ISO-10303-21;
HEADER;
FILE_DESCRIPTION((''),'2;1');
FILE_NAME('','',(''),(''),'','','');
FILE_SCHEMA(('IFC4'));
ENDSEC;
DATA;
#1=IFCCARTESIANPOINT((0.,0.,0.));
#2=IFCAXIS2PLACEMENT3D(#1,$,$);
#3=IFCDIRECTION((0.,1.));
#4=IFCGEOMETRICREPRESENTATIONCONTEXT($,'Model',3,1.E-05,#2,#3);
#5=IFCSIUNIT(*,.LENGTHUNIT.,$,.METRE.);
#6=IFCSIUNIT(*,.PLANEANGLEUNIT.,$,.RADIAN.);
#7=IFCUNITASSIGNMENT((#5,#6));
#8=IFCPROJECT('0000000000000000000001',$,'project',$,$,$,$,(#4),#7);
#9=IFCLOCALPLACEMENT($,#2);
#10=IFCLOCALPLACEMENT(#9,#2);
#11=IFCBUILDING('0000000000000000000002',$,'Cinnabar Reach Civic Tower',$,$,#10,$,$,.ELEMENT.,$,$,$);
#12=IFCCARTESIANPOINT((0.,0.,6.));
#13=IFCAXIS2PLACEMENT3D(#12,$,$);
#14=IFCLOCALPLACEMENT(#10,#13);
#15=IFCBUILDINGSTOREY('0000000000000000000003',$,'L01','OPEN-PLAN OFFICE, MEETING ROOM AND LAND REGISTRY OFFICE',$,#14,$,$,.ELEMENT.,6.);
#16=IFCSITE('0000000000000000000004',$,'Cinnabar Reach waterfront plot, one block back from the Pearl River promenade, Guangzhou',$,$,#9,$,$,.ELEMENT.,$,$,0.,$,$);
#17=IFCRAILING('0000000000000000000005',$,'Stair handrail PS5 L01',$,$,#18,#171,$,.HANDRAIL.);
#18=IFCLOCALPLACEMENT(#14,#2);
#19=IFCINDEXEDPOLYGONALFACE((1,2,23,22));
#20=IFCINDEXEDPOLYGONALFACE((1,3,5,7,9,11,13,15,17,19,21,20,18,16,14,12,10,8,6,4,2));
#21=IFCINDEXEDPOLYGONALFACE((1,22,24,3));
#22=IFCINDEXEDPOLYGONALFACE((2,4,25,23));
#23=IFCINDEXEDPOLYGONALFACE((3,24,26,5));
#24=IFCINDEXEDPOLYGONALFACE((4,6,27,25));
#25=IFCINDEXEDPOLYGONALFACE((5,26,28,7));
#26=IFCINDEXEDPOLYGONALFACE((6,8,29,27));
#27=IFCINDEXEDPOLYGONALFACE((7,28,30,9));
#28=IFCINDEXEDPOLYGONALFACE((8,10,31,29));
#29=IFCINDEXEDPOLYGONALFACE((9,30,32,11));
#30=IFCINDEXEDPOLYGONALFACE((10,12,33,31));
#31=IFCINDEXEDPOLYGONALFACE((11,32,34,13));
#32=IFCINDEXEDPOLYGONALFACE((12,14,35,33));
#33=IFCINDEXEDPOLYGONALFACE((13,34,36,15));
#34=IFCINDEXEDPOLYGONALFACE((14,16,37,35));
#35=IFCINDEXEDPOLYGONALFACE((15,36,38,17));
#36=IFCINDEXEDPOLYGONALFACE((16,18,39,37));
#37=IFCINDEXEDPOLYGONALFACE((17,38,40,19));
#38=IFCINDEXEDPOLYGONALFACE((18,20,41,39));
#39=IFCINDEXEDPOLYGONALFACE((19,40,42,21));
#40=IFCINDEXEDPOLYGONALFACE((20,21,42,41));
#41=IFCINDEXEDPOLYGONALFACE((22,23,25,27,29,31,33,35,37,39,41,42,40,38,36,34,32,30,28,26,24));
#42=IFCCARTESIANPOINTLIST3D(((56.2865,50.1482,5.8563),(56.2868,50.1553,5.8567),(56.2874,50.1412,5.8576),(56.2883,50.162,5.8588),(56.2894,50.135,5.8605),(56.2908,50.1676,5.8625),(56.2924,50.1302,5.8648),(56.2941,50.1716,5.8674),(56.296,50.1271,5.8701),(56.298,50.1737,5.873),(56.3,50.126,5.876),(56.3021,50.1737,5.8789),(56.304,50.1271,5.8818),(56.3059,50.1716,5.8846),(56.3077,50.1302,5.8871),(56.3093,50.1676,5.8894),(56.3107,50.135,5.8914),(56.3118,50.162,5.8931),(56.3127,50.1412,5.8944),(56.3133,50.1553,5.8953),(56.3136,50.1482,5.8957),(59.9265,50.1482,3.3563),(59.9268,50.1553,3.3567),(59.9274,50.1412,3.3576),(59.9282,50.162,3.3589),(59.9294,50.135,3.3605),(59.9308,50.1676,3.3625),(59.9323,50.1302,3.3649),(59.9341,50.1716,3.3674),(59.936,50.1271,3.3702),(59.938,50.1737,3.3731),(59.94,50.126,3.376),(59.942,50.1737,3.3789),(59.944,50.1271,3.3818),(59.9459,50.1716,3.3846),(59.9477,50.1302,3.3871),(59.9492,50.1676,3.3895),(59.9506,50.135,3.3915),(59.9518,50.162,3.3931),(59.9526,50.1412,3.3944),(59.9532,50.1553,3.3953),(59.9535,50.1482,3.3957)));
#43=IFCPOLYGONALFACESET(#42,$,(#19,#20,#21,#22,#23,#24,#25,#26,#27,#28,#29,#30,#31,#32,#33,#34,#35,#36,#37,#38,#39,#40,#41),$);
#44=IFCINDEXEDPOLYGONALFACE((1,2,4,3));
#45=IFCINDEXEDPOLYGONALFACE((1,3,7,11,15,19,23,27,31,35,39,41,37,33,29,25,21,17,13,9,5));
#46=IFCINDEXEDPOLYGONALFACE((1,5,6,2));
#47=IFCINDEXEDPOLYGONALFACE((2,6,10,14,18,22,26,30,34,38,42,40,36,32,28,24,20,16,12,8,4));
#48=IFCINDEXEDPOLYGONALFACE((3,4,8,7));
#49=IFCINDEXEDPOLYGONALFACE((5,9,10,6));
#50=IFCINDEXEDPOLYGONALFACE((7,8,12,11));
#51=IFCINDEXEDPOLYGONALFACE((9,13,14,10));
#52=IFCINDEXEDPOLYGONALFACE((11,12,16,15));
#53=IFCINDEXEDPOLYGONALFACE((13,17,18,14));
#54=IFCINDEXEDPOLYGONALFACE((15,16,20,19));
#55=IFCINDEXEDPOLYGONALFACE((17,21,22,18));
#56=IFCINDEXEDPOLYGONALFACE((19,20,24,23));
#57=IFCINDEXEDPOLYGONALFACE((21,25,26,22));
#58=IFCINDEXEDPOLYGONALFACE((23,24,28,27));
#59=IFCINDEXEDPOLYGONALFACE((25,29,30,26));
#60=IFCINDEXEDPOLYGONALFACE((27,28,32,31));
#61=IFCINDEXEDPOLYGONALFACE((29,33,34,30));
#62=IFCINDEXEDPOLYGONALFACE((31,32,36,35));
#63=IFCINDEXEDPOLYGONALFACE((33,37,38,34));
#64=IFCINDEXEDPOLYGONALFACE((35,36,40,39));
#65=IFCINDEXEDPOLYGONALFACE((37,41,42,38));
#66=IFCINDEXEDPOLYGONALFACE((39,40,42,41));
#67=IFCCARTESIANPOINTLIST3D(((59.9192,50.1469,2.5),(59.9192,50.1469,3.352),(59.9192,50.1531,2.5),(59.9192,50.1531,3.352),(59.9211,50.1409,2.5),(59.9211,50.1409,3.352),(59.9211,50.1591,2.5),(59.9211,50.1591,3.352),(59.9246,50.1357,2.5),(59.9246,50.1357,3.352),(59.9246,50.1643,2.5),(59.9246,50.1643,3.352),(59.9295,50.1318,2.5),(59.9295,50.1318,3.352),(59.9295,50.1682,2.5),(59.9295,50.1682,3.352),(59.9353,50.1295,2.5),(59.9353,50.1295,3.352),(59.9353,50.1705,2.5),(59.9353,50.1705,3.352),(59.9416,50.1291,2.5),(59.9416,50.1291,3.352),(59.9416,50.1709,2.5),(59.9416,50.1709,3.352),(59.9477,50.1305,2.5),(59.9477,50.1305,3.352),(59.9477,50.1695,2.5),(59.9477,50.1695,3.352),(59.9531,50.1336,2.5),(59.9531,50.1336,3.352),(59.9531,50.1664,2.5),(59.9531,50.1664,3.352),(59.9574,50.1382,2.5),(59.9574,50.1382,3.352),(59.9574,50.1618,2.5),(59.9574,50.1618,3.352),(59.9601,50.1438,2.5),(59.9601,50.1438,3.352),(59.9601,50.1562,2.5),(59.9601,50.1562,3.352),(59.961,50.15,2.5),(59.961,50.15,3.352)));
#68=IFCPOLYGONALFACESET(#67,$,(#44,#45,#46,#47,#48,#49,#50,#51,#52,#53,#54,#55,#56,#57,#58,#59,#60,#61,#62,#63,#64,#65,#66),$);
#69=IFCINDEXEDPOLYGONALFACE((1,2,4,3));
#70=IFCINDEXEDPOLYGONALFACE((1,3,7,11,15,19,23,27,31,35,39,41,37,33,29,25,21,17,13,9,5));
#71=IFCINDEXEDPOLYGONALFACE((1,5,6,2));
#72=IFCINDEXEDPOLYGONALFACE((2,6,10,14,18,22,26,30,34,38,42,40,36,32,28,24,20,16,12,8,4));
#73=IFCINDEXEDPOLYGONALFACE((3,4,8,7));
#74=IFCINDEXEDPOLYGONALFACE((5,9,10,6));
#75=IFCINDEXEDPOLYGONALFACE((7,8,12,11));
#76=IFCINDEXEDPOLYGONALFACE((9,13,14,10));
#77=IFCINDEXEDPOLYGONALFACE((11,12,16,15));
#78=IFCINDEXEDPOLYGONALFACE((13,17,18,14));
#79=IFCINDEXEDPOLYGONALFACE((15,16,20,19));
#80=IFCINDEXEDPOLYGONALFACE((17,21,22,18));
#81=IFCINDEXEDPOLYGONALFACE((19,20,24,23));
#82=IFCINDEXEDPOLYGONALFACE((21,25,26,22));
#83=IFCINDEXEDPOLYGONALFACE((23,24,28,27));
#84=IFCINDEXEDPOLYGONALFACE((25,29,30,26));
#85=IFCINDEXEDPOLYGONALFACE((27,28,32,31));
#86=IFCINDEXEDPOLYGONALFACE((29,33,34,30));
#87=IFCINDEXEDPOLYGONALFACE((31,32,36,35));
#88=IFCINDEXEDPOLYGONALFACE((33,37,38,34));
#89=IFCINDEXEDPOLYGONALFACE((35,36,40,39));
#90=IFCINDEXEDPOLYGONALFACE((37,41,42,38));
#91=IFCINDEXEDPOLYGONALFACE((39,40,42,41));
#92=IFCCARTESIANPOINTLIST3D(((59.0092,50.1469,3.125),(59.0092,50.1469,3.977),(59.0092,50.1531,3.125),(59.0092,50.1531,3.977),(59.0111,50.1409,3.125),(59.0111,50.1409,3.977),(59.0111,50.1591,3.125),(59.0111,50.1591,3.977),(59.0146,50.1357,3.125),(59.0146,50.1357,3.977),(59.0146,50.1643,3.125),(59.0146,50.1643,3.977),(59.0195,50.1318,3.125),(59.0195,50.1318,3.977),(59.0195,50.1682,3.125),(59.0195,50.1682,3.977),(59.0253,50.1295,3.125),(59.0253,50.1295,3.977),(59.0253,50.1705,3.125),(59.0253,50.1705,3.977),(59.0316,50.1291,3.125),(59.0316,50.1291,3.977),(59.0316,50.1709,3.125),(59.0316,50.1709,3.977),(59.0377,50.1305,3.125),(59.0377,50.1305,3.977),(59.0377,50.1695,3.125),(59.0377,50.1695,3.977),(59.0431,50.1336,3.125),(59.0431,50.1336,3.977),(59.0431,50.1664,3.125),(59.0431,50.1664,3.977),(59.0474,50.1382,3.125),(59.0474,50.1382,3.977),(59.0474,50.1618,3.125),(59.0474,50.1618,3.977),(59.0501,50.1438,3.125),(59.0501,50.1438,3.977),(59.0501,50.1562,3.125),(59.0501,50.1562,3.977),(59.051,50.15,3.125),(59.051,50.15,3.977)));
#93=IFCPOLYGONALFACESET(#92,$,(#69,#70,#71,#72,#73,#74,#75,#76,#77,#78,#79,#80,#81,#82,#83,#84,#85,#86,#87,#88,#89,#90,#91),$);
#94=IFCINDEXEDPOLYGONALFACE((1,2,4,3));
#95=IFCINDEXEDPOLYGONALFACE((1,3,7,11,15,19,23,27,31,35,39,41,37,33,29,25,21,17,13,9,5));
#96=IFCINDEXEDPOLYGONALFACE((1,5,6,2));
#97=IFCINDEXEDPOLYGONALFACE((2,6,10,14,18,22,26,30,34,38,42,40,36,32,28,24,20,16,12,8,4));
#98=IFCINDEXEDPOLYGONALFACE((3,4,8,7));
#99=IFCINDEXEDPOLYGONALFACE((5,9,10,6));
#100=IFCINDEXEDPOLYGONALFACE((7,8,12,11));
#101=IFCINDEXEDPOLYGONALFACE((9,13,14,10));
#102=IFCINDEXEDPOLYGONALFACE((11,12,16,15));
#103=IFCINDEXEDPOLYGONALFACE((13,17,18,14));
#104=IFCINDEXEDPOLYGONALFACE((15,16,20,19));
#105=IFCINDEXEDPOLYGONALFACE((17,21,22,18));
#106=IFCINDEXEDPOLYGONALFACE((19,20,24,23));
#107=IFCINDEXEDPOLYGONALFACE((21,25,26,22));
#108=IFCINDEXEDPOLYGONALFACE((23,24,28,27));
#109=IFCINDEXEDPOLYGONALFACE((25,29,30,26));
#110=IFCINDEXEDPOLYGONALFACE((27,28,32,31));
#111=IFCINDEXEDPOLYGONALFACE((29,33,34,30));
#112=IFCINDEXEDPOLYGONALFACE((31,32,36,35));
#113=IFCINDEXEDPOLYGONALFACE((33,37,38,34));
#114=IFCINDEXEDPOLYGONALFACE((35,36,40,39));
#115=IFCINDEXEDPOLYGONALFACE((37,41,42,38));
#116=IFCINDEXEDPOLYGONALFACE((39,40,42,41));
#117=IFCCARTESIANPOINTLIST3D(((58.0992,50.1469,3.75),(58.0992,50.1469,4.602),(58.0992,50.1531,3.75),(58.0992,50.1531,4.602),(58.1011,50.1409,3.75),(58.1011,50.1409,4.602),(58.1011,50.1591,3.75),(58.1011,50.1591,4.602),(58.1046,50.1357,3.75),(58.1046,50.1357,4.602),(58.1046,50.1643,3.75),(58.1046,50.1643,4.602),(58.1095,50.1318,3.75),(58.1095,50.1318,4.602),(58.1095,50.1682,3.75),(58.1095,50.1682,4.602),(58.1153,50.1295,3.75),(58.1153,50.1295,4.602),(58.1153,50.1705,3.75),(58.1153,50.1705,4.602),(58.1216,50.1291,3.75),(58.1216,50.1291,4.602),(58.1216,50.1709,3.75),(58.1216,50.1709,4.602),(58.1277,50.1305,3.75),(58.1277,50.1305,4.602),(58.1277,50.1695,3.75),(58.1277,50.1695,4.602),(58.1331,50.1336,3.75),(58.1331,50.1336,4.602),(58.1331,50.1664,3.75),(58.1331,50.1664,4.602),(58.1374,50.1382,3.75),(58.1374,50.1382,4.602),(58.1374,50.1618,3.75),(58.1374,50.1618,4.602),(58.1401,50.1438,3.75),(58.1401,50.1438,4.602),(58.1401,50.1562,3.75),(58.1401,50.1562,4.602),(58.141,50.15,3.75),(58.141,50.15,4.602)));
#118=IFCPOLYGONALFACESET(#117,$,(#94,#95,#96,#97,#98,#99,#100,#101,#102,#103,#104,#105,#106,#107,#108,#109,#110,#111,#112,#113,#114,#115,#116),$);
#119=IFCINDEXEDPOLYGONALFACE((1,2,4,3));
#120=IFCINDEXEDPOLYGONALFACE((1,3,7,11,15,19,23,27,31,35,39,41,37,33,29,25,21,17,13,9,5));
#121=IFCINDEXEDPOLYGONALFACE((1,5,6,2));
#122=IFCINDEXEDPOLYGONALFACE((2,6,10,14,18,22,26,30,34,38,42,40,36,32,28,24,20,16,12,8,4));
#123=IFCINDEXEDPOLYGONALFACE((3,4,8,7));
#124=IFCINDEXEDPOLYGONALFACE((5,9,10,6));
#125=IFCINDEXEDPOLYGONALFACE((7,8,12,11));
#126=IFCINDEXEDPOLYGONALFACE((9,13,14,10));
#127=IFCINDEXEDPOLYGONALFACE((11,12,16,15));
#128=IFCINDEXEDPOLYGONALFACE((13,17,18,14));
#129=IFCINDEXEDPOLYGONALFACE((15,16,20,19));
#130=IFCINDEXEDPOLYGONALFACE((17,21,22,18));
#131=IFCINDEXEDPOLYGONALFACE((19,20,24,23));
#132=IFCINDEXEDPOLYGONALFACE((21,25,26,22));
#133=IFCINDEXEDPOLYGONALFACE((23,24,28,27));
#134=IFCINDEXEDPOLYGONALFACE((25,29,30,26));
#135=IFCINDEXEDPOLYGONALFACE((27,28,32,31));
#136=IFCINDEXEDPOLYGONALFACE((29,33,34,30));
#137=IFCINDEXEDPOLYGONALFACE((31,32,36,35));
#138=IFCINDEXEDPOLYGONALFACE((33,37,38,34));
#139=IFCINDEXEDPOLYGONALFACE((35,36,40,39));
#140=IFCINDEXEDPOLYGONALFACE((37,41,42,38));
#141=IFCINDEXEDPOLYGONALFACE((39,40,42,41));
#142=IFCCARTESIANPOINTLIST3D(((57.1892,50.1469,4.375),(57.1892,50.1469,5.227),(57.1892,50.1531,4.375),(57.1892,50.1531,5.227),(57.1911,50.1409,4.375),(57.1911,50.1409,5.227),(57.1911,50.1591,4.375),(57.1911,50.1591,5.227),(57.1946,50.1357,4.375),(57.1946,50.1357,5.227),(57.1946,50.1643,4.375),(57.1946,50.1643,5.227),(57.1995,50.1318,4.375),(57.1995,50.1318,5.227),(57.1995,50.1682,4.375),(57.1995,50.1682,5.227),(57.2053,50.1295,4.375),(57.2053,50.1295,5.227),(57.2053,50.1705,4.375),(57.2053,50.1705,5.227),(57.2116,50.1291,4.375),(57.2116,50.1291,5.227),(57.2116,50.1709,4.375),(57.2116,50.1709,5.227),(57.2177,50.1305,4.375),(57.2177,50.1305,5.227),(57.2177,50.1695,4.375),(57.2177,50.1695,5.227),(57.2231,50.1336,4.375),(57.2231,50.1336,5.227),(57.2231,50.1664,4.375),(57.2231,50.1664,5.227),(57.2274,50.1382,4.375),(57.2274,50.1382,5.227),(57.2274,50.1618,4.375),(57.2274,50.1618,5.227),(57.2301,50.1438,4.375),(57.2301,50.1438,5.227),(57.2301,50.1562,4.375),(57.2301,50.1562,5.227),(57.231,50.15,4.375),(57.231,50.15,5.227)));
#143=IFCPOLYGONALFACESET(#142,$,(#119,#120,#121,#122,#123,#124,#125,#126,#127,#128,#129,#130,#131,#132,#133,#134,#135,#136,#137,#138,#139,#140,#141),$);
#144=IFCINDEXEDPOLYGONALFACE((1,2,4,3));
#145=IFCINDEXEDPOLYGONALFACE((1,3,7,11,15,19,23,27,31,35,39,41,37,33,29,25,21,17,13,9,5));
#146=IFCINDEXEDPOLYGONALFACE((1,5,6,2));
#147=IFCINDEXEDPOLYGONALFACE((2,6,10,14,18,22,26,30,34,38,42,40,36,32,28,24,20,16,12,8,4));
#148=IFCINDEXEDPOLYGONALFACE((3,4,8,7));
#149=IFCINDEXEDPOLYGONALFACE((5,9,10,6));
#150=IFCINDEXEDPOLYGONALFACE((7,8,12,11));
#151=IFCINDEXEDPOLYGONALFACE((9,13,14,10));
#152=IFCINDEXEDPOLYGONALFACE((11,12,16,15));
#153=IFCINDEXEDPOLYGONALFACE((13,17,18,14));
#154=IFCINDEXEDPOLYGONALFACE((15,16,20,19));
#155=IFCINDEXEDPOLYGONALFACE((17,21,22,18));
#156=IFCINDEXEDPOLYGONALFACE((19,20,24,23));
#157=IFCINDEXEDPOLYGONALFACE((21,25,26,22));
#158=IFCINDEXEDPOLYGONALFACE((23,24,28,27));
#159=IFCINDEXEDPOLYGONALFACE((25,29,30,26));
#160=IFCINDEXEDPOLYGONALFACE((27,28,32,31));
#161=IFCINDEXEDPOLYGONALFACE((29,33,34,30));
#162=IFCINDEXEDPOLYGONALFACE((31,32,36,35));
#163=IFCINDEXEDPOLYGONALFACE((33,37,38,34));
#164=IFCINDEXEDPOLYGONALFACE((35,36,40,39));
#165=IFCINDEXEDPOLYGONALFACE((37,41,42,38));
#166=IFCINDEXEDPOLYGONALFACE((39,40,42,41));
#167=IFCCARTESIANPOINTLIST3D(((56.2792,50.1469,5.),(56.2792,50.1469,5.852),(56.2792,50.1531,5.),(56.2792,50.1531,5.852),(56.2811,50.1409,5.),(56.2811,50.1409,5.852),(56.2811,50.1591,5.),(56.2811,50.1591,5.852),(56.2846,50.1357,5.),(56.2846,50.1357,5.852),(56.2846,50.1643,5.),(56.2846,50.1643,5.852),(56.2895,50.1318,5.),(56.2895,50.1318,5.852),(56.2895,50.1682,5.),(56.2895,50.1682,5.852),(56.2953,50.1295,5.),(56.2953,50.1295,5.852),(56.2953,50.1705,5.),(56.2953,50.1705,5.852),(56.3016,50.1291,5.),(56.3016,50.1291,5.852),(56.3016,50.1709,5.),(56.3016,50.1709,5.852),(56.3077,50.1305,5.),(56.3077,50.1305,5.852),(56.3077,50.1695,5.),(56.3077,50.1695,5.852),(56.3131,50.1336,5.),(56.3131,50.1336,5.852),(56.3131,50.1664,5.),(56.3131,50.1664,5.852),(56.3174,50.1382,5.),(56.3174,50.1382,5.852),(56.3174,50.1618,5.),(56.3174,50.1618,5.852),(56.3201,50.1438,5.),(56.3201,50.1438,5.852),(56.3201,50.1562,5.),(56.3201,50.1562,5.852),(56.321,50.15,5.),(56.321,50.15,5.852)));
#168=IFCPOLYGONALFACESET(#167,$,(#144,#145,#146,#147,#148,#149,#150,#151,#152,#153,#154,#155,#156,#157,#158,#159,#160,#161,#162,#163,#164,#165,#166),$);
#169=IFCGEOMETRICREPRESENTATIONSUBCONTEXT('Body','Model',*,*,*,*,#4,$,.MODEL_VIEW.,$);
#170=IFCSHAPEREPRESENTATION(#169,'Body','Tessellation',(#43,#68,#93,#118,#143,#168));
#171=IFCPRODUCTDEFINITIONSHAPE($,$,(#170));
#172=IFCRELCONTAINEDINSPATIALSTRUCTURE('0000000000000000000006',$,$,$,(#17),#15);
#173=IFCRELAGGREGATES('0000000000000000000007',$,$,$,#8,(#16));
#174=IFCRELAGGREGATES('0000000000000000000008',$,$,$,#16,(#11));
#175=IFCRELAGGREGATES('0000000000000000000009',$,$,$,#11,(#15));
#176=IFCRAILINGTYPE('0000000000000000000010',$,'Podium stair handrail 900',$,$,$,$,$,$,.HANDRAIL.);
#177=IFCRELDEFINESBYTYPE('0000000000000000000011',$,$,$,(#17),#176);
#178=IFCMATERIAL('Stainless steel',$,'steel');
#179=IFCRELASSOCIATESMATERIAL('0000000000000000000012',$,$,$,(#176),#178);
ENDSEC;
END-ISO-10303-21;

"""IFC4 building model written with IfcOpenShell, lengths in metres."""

from ifc_helpers import new_model, si_unit, direction, frame, origin, origin_2d, place, context, subcontext, project, spatial, circle, extrude, material, type_object, element, save


model = new_model("IFC4")

# Units and contexts
model_context = context("Model", 3, precision=1e-05, world=origin(), true_north=direction((0.0, 1.0)))
body_context = subcontext(model_context, "Body", "Model", "MODEL_VIEW")
ifc_project = project(units=[si_unit("LENGTHUNIT", "METRE"), si_unit("PLANEANGLEUNIT", "RADIAN")], contexts=[model_context])

# Site, building, storey
site_placement = place(None, origin())
site = spatial("IfcSite", under=ifc_project, at=site_placement, Name="Cinnabar Reach waterfront plot, one block back from the Pearl River promenade, Guangzhou", CompositionType="ELEMENT", RefElevation=0.0)
building_placement = place(site_placement, origin())
building = spatial("IfcBuilding", under=site, at=building_placement, Name="Cinnabar Reach Civic Tower", CompositionType="ELEMENT")
storey_placement = place(building_placement, frame((0.0, 0.0, 6.0)))
storey = spatial("IfcBuildingStorey", under=building, at=storey_placement, Name="L01", Description="OPEN-PLAN OFFICE, MEETING ROOM AND LAND REGISTRY OFFICE", CompositionType="ELEMENT", Elevation=6.0)

# Railing
ifc_material_1 = material(Name="Stainless steel", Category="steel")
railing_type_1 = type_object("IfcRailingType", Name="Podium stair handrail 900", PredefinedType="HANDRAIL", material=ifc_material_1)
for number, where, name in (
    (1, (59.94, 50.15, 2.5), "Stair handrail PS5 L01"),
):
    element("IfcRailing", number, at=place(storey_placement, frame(where)), inside=storey, type_object=railing_type_1, Name=name, PredefinedType="HANDRAIL", context=body_context, shape_type="SweptSolid", body=[
        extrude(circle(Radius=0.024, at=origin_2d()), frame((0.0, 0.0, 0.876), z_axis=(-0.824306, 0.0, 0.566144), x_axis=(0.0, -1.0, 0.0)), (0.0, 0.0, 1.0), 4.4158),
        extrude(circle(Radius=0.021, at=origin_2d()), origin(), (0.0, 0.0, 1.0), 0.852),
        extrude(circle(Radius=0.021, at=origin_2d()), frame((-0.91, 0.0, 0.625)), (0.0, 0.0, 1.0), 0.852),
        extrude(circle(Radius=0.021, at=origin_2d()), frame((-1.82, 0.0, 1.25)), (0.0, 0.0, 1.0), 0.852),
        extrude(circle(Radius=0.021, at=origin_2d()), frame((-2.73, 0.0, 1.875)), (0.0, 0.0, 1.0), 0.852),
        extrude(circle(Radius=0.021, at=origin_2d()), frame((-3.64, 0.0, 2.5)), (0.0, 0.0, 1.0), 0.852),
    ])

save(model, "model.ifc")
